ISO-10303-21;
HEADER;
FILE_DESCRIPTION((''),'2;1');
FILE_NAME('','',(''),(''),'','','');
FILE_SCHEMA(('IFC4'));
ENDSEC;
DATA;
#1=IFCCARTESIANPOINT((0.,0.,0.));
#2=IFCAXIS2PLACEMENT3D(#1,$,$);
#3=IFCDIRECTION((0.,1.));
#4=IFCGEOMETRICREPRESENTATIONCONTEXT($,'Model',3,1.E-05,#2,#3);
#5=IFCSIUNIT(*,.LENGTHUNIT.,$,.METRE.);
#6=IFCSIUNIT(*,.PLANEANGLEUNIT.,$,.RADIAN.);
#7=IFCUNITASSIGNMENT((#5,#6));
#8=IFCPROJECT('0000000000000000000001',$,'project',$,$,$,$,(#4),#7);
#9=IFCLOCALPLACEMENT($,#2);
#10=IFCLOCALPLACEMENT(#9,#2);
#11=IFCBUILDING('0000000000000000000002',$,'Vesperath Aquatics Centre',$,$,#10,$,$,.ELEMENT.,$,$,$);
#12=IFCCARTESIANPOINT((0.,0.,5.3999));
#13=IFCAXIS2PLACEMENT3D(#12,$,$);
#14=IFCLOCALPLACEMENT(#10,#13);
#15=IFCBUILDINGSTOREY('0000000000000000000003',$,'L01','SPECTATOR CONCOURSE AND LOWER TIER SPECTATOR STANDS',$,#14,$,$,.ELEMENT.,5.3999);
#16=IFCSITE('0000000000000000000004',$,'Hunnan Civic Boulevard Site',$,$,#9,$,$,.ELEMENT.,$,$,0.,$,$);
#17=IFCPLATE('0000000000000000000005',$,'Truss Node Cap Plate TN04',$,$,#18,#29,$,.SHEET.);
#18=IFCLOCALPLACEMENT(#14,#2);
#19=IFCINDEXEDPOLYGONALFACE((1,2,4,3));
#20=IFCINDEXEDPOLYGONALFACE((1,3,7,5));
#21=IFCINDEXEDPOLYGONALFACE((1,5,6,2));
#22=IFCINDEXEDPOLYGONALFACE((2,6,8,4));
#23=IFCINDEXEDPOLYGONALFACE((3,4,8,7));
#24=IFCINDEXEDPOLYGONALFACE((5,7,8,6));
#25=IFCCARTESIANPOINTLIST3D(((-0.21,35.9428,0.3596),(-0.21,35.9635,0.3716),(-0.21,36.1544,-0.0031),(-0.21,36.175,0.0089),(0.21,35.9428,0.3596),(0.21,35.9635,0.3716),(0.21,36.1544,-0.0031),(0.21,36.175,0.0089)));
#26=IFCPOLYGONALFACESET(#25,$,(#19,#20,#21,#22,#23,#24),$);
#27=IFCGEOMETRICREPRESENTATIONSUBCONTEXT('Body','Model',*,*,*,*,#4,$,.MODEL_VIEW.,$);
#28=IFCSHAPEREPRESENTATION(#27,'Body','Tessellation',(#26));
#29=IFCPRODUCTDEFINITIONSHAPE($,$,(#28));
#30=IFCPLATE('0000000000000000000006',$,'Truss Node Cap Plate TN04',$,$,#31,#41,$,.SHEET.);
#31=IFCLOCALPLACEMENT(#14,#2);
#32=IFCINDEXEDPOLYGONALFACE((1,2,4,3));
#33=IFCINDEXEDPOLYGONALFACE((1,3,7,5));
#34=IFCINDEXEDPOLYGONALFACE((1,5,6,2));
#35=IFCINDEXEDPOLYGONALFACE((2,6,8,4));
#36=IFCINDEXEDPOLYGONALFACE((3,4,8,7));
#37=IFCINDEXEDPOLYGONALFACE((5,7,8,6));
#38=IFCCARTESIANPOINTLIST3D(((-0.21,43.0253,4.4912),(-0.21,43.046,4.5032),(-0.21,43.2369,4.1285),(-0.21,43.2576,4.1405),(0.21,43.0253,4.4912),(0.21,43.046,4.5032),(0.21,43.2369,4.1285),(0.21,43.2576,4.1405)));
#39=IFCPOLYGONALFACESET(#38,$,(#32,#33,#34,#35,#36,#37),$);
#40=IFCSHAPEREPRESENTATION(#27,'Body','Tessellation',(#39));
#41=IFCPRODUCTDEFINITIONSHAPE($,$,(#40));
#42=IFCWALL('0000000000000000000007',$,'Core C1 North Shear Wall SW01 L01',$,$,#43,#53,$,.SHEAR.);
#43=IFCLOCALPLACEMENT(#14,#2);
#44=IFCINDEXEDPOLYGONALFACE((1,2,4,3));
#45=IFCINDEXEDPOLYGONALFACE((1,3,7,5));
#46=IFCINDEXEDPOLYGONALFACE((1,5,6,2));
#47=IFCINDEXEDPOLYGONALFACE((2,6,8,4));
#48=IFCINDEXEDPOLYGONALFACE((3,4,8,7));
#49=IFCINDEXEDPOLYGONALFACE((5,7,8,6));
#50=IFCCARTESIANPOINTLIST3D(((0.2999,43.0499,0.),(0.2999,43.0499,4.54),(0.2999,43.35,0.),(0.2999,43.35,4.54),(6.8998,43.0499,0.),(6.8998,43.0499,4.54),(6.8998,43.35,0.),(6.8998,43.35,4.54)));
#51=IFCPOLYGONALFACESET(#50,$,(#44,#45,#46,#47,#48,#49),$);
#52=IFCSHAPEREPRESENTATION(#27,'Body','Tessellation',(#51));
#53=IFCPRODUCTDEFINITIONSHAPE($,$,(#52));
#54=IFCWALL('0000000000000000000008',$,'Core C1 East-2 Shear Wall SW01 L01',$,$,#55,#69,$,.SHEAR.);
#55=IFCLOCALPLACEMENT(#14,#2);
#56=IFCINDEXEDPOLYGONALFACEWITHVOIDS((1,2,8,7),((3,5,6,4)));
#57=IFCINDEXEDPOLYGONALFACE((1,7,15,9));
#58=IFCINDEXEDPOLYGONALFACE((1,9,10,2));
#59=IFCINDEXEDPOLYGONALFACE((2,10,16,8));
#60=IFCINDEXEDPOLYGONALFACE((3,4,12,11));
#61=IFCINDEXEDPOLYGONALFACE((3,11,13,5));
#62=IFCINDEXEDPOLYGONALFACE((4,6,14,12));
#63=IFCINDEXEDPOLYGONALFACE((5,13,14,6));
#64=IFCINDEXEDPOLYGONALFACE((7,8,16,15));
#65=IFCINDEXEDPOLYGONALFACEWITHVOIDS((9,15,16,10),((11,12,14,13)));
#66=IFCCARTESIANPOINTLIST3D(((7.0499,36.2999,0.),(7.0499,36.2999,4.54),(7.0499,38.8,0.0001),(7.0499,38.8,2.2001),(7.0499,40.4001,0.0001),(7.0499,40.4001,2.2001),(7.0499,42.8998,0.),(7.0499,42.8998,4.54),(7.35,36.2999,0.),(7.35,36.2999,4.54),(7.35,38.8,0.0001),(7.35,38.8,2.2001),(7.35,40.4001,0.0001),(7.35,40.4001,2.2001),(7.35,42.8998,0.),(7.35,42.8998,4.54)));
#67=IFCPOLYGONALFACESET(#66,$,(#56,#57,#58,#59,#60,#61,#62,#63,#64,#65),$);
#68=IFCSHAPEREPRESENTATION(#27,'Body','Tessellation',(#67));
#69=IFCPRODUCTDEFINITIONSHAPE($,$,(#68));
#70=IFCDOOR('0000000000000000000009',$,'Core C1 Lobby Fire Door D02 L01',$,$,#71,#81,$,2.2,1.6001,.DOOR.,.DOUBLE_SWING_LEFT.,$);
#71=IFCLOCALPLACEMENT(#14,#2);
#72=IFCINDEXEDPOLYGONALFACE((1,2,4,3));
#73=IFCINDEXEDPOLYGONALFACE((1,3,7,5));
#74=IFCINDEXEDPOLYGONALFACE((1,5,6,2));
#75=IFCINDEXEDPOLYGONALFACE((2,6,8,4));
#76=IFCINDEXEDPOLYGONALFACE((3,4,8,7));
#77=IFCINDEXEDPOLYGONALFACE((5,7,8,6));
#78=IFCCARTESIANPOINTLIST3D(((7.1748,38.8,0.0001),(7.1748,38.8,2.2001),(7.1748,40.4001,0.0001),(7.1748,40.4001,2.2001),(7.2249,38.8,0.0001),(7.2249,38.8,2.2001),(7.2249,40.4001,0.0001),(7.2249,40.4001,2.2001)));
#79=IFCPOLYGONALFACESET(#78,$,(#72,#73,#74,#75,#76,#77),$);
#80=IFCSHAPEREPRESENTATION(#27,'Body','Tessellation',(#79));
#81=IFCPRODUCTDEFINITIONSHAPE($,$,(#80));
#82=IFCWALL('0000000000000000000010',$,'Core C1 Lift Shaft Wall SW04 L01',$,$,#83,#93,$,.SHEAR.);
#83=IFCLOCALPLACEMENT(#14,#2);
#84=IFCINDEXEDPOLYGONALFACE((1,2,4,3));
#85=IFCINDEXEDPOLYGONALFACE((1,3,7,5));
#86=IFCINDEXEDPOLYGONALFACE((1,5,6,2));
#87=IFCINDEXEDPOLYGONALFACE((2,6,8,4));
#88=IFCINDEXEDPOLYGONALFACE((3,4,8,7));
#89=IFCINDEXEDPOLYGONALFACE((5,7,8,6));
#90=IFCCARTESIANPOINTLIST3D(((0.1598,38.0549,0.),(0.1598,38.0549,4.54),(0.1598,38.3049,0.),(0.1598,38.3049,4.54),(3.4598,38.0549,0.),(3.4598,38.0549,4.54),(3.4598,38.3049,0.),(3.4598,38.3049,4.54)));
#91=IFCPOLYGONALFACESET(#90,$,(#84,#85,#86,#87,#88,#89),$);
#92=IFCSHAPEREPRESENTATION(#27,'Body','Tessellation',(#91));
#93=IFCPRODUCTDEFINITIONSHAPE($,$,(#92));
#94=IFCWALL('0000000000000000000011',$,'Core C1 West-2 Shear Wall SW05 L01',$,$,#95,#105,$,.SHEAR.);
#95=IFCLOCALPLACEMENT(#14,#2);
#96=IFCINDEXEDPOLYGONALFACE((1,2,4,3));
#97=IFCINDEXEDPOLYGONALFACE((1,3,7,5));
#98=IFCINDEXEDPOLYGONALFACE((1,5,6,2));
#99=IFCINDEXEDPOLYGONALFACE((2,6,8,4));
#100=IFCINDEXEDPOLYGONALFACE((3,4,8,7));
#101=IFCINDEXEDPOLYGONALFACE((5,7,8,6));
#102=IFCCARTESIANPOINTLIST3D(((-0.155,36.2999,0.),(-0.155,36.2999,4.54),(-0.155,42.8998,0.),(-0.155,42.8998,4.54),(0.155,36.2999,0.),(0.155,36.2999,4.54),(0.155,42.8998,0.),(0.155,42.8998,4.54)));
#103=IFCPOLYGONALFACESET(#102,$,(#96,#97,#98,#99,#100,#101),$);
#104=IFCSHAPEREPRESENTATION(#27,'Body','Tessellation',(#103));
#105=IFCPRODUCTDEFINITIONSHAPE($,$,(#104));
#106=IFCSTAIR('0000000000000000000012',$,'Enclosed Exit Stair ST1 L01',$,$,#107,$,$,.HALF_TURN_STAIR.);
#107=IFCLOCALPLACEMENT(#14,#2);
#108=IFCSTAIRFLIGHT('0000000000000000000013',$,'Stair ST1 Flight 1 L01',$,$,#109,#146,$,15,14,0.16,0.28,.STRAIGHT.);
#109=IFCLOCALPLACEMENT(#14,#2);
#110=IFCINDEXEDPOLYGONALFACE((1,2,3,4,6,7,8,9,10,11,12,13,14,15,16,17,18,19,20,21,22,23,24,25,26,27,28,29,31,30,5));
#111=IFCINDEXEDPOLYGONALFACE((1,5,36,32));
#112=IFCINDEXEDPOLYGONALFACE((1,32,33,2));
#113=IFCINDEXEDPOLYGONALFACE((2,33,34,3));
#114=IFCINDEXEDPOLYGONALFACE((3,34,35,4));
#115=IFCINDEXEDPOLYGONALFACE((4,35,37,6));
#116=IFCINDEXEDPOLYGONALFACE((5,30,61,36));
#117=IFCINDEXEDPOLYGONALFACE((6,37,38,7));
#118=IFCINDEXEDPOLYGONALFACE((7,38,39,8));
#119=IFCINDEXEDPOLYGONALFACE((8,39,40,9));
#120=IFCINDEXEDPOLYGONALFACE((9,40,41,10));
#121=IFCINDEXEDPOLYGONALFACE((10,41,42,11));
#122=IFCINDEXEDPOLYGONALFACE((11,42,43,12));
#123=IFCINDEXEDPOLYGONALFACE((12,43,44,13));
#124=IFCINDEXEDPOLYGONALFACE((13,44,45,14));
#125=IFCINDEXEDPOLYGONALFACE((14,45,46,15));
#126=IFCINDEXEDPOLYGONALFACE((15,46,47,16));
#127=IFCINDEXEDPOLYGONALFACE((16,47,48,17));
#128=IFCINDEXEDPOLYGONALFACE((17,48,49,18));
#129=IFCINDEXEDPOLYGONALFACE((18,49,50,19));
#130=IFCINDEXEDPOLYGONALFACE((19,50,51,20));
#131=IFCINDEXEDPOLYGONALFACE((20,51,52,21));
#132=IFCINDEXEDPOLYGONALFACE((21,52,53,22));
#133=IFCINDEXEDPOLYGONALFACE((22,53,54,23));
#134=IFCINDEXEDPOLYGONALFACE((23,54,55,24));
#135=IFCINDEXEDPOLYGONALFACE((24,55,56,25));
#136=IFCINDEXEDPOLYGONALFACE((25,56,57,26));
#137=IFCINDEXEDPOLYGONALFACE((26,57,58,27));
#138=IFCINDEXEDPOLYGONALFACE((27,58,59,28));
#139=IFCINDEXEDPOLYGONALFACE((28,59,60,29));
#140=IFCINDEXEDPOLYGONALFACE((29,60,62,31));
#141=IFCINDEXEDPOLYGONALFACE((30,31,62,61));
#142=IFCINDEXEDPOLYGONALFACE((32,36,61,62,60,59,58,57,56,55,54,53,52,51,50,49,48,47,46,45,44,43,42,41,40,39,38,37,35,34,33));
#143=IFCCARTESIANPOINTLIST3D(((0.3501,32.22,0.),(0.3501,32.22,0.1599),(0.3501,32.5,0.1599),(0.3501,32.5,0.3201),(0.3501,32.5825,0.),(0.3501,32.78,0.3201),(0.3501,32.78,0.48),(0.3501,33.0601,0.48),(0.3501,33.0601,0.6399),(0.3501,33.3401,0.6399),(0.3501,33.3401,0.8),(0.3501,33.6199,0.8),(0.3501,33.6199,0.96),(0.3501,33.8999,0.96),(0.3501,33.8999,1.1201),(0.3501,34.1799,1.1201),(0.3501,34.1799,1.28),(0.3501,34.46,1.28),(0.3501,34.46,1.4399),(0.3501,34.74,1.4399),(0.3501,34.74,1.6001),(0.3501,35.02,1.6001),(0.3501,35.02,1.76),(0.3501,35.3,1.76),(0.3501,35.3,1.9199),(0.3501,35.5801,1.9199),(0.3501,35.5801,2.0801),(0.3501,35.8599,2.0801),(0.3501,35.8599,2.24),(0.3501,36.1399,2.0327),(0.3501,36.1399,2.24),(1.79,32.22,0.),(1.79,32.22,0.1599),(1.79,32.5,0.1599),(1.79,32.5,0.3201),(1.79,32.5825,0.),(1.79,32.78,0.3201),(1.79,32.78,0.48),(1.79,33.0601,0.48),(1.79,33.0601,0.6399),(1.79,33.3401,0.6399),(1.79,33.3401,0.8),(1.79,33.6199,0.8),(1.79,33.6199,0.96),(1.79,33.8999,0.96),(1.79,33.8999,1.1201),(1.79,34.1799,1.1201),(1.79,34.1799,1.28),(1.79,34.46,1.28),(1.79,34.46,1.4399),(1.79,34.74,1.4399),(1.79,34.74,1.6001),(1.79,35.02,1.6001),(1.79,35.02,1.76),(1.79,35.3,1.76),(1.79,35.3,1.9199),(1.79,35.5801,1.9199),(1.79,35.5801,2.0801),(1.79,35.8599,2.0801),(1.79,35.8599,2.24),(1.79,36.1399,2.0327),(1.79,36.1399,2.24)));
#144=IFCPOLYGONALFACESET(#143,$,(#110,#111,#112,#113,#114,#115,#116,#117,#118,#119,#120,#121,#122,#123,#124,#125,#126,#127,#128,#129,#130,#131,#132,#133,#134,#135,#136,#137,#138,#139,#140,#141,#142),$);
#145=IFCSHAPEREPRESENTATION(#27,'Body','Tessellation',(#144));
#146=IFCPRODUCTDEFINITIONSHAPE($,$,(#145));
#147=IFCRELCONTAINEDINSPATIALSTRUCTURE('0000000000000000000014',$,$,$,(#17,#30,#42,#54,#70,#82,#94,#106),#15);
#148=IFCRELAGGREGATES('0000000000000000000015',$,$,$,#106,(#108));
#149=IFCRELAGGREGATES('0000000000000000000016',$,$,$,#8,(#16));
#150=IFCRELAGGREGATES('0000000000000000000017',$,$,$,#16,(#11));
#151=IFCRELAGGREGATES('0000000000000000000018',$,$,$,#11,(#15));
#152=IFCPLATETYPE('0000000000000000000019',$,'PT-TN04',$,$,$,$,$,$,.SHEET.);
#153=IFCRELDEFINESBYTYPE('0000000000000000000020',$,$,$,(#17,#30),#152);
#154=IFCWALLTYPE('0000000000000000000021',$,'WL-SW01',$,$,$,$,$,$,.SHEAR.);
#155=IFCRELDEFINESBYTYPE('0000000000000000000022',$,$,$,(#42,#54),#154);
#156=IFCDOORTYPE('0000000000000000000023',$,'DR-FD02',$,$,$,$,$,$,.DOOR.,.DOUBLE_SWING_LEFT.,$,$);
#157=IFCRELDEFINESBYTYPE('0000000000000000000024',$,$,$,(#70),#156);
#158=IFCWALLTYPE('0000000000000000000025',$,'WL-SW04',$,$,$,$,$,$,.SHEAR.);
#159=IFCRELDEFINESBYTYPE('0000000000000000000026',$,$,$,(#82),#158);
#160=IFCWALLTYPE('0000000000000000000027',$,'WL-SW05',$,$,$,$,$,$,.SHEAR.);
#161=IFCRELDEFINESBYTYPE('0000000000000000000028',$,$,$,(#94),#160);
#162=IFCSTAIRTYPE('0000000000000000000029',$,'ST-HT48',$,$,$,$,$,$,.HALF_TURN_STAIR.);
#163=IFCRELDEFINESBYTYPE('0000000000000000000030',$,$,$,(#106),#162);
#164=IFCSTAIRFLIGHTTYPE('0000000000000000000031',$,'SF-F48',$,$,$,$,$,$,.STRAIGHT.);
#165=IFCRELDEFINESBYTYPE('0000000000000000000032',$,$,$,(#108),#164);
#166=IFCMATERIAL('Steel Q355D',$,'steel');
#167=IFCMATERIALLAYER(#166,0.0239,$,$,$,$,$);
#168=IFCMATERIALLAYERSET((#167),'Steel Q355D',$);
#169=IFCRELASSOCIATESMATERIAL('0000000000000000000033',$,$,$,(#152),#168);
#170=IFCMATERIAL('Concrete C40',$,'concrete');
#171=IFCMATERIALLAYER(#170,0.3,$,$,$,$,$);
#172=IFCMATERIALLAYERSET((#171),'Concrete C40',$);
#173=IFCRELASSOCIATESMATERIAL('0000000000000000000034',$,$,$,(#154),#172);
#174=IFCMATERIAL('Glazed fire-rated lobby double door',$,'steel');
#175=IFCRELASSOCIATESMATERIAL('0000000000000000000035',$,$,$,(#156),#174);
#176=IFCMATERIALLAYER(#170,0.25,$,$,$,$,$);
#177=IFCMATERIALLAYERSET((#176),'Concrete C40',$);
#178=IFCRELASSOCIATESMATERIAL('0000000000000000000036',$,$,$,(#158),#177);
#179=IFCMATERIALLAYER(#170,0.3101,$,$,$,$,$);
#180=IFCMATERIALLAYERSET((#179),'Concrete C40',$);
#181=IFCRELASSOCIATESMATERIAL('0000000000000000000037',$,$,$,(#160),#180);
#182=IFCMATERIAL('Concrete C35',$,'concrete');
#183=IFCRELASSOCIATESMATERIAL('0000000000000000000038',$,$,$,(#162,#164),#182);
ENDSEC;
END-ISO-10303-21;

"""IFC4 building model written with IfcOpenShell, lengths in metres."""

from ifc_helpers import new_model, si_unit, direction, frame, frame_2d, origin, origin_2d, place, context, subcontext, project, spatial, polyline, rectangle, outline, extrude, material, layer, layer_set, type_object, element, fill, aggregate, save


model = new_model("IFC4")

# Units and contexts
model_context = context("Model", 3, precision=1e-05, world=origin(), true_north=direction((0.0, 1.0)))
body_context = subcontext(model_context, "Body", "Model", "MODEL_VIEW")
ifc_project = project(units=[si_unit("LENGTHUNIT", "METRE"), si_unit("PLANEANGLEUNIT", "RADIAN")], contexts=[model_context])

# Site, building, storey
site_placement = place(None, origin())
site = spatial("IfcSite", under=ifc_project, at=site_placement, Name="Hunnan Civic Boulevard Site", CompositionType="ELEMENT", RefElevation=0.0)
building_placement = place(site_placement, origin())
building = spatial("IfcBuilding", under=site, at=building_placement, Name="Vesperath Aquatics Centre", CompositionType="ELEMENT")
storey_placement = place(building_placement, frame((0.0, 0.0, 5.3999)))
storey = spatial("IfcBuildingStorey", under=building, at=storey_placement, Name="L01", Description="SPECTATOR CONCOURSE AND LOWER TIER SPECTATOR STANDS", CompositionType="ELEMENT", Elevation=5.3999)

# Shared definitions
ifc_material_1 = material(Name="Concrete C40", Category="concrete")

# Shared definitions
ifc_material_2 = material(Name="Concrete C35", Category="concrete")

# Shared definitions
ifc_material_3 = material(Name="Steel Q355D", Category="steel")

# Plates
ifc_layer_1 = layer(ifc_material_3, 0.0239)
ifc_layer_set_1 = layer_set([ifc_layer_1], Name="Steel Q355D")
plate_type = type_object("IfcPlateType", Name="PT-TN04", PredefinedType="SHEET", material=ifc_layer_set_1)
for number, where, z_axis, x_axis, name in (
    (1, (0.0, 36.0486, 0.1782), (0.0, 0.863779, 0.503871), (-1.0, 0.0, 0.0), "Truss Node Cap Plate TN04"),
    (2, (0.0, 43.1311, 4.3098), (0.0, 0.863779, 0.503871), (-1.0, 0.0, 0.0), "Truss Node Cap Plate TN04"),
):
    element("IfcPlate", number, at=place(storey_placement, frame(where, z_axis=z_axis, x_axis=x_axis)), inside=storey, type_object=plate_type, Name=name, PredefinedType="SHEET", context=body_context, shape_type="SweptSolid", body=[
        extrude(rectangle(XDim=0.4199, YDim=0.4199, at=origin_2d()), origin(), (0.0, 0.0, 1.0), 0.0239),
    ])

# Wall
ifc_layer_2 = layer(ifc_material_1, 0.3)
ifc_layer_set_2 = layer_set([ifc_layer_2], Name="Concrete C40")
wall_type_1 = type_object("IfcWallType", Name="WL-SW01", PredefinedType="SHEAR", material=ifc_layer_set_2)
wall_1_placement = place(storey_placement, frame((0.3, 43.2, 0.0), z_axis=(0.0, 0.0, 1.0), x_axis=(1.0, 0.0, 0.0)))
element("IfcWall", 3, at=wall_1_placement, inside=storey, type_object=wall_type_1, Name="Core C1 North Shear Wall SW01 L01", PredefinedType="SHEAR", context=body_context, shape_type="SweptSolid", body=[
    extrude(rectangle(XDim=6.5999, YDim=0.3, at=frame_2d((3.2998, 0.0))), origin(), (0.0, 0.0, 1.0), 4.54),
])

# Wall, opening, door
wall_2_placement = place(storey_placement, frame((7.2, 36.3, 0.0), z_axis=(0.0, 0.0, 1.0), x_axis=(0.0, 1.0, 0.0)))
wall_2 = element("IfcWall", 4, at=wall_2_placement, inside=storey, type_object=wall_type_1, Name="Core C1 East-2 Shear Wall SW01 L01", PredefinedType="SHEAR", context=body_context, shape_type="SweptSolid", body=[
    extrude(rectangle(XDim=6.5999, YDim=0.3, at=frame_2d((3.2998, 0.0))), origin(), (0.0, 0.0, 1.0), 4.54),
])
opening_placement = place(wall_2_placement, frame((2.5, 0.0, 0.0)))
opening = element("IfcOpeningElement", 5, at=opening_placement, cuts=wall_2, PredefinedType="OPENING", context=body_context, shape_type="SweptSolid", body=[
    extrude(rectangle(XDim=1.6001, YDim=2.2, at=frame_2d((0.8, 1.1001))), frame((0.0, 0.165, 0.0), z_axis=(0.0, -1.0, 0.0), x_axis=(1.0, 0.0, 0.0)), (0.0, 0.0, 1.0), 0.3298),
])
ifc_material_4 = material(Name="Glazed fire-rated lobby double door", Category="steel")
door_type = type_object("IfcDoorType", Name="DR-FD02", OperationType="DOUBLE_SWING_LEFT", PredefinedType="DOOR", material=ifc_material_4)
door_placement = place(opening_placement, frame((1.6001, 0.0, 0.0), z_axis=(0.0, 0.0, 1.0), x_axis=(-1.0, 0.0, 0.0)))
door = element("IfcDoor", 6, at=door_placement, inside=storey, type_object=door_type, Name="Core C1 Lobby Fire Door D02 L01", OperationType="DOUBLE_SWING_LEFT", OverallHeight=2.2, OverallWidth=1.6001, PredefinedType="DOOR", context=body_context, shape_type="SweptSolid", body=[
    extrude(rectangle(XDim=1.6001, YDim=2.2, at=frame_2d((0.8, 1.1001))), frame((0.0, 0.0249, 0.0), z_axis=(0.0, -1.0, 0.0), x_axis=(1.0, 0.0, 0.0)), (0.0, 0.0, 1.0), 0.05),
])
fill(opening, door)

# Walls
ifc_layer_3 = layer(ifc_material_1, 0.25)
ifc_layer_set_3 = layer_set([ifc_layer_3], Name="Concrete C40")
wall_type_2 = type_object("IfcWallType", Name="WL-SW04", PredefinedType="SHEAR", material=ifc_layer_set_3)
wall_3_placement = place(storey_placement, frame((0.1599, 38.1799, 0.0), z_axis=(0.0, 0.0, 1.0), x_axis=(1.0, 0.0, 0.0)))
element("IfcWall", 7, at=wall_3_placement, inside=storey, type_object=wall_type_2, Name="Core C1 Lift Shaft Wall SW04 L01", PredefinedType="SHEAR", context=body_context, shape_type="SweptSolid", body=[
    extrude(rectangle(XDim=3.3, YDim=0.25, at=frame_2d((1.6499, 0.0))), origin(), (0.0, 0.0, 1.0), 4.54),
])
ifc_layer_4 = layer(ifc_material_1, 0.3101)
ifc_layer_set_4 = layer_set([ifc_layer_4], Name="Concrete C40")
wall_type_3 = type_object("IfcWallType", Name="WL-SW05", PredefinedType="SHEAR", material=ifc_layer_set_4)
wall_4_placement = place(storey_placement, frame((0.0, 36.3, 0.0), z_axis=(0.0, 0.0, 1.0), x_axis=(0.0, 1.0, 0.0)))
element("IfcWall", 8, at=wall_4_placement, inside=storey, type_object=wall_type_3, Name="Core C1 West-2 Shear Wall SW05 L01", PredefinedType="SHEAR", context=body_context, shape_type="SweptSolid", body=[
    extrude(rectangle(XDim=6.5999, YDim=0.3101, at=frame_2d((3.2998, 0.0))), origin(), (0.0, 0.0, 1.0), 4.54),
])

# Stair, stair flight
stair_type = type_object("IfcStairType", Name="ST-HT48", PredefinedType="HALF_TURN_STAIR", material=ifc_material_2)
stair_placement = place(storey_placement, origin())
stair = element("IfcStair", 9, at=stair_placement, inside=storey, type_object=stair_type, Name="Enclosed Exit Stair ST1 L01", PredefinedType="HALF_TURN_STAIR")
stair_flight_type = type_object("IfcStairFlightType", Name="SF-F48", PredefinedType="STRAIGHT", material=ifc_material_2)
stair_flight_1_placement = place(storey_placement, frame((1.0701, 32.22, 0.0), z_axis=(0.0, 0.0, 1.0), x_axis=(0.0, 1.0, 0.0)))
stair_flight_1 = element("IfcStairFlight", 10, at=stair_flight_1_placement, type_object=stair_flight_type, Name="Stair ST1 Flight 1 L01", NumberOfRisers=15, NumberOfTreads=14, PredefinedType="STRAIGHT", RiserHeight=0.16, TreadLength=0.28, context=body_context, shape_type="SweptSolid", body=[
    extrude(outline(polyline([(0.0, 0.0), (0.0, 0.1599), (0.28, 0.1599), (0.28, 0.3201), (0.5601, 0.3201), (0.5601, 0.48), (0.8401, 0.48), (0.8401, 0.6399), (1.1201, 0.6399), (1.1201, 0.8), (1.3999, 0.8), (1.3999, 0.96), (1.6799, 0.96), (1.6799, 1.1201), (1.96, 1.1201), (1.96, 1.28), (2.24, 1.28), (2.24, 1.4399), (2.52, 1.4399), (2.52, 1.6001), (2.8, 1.6001), (2.8, 1.76), (3.0801, 1.76), (3.0801, 1.9199), (3.3601, 1.9199), (3.3601, 2.0801), (3.6399, 2.0801), (3.6399, 2.24), (3.9199, 2.24), (3.9199, 2.3999), (3.9199, 2.0327), (0.3625, 0.0), (0.0, 0.0)])), frame((0.0, 0.72, 0.0), z_axis=(0.0, -1.0, 0.0), x_axis=(1.0, 0.0, 0.0)), (0.0, 0.0, 1.0), 1.4399),
])
aggregate(stair, [stair_flight_1])

save(model, "model.ifc")
